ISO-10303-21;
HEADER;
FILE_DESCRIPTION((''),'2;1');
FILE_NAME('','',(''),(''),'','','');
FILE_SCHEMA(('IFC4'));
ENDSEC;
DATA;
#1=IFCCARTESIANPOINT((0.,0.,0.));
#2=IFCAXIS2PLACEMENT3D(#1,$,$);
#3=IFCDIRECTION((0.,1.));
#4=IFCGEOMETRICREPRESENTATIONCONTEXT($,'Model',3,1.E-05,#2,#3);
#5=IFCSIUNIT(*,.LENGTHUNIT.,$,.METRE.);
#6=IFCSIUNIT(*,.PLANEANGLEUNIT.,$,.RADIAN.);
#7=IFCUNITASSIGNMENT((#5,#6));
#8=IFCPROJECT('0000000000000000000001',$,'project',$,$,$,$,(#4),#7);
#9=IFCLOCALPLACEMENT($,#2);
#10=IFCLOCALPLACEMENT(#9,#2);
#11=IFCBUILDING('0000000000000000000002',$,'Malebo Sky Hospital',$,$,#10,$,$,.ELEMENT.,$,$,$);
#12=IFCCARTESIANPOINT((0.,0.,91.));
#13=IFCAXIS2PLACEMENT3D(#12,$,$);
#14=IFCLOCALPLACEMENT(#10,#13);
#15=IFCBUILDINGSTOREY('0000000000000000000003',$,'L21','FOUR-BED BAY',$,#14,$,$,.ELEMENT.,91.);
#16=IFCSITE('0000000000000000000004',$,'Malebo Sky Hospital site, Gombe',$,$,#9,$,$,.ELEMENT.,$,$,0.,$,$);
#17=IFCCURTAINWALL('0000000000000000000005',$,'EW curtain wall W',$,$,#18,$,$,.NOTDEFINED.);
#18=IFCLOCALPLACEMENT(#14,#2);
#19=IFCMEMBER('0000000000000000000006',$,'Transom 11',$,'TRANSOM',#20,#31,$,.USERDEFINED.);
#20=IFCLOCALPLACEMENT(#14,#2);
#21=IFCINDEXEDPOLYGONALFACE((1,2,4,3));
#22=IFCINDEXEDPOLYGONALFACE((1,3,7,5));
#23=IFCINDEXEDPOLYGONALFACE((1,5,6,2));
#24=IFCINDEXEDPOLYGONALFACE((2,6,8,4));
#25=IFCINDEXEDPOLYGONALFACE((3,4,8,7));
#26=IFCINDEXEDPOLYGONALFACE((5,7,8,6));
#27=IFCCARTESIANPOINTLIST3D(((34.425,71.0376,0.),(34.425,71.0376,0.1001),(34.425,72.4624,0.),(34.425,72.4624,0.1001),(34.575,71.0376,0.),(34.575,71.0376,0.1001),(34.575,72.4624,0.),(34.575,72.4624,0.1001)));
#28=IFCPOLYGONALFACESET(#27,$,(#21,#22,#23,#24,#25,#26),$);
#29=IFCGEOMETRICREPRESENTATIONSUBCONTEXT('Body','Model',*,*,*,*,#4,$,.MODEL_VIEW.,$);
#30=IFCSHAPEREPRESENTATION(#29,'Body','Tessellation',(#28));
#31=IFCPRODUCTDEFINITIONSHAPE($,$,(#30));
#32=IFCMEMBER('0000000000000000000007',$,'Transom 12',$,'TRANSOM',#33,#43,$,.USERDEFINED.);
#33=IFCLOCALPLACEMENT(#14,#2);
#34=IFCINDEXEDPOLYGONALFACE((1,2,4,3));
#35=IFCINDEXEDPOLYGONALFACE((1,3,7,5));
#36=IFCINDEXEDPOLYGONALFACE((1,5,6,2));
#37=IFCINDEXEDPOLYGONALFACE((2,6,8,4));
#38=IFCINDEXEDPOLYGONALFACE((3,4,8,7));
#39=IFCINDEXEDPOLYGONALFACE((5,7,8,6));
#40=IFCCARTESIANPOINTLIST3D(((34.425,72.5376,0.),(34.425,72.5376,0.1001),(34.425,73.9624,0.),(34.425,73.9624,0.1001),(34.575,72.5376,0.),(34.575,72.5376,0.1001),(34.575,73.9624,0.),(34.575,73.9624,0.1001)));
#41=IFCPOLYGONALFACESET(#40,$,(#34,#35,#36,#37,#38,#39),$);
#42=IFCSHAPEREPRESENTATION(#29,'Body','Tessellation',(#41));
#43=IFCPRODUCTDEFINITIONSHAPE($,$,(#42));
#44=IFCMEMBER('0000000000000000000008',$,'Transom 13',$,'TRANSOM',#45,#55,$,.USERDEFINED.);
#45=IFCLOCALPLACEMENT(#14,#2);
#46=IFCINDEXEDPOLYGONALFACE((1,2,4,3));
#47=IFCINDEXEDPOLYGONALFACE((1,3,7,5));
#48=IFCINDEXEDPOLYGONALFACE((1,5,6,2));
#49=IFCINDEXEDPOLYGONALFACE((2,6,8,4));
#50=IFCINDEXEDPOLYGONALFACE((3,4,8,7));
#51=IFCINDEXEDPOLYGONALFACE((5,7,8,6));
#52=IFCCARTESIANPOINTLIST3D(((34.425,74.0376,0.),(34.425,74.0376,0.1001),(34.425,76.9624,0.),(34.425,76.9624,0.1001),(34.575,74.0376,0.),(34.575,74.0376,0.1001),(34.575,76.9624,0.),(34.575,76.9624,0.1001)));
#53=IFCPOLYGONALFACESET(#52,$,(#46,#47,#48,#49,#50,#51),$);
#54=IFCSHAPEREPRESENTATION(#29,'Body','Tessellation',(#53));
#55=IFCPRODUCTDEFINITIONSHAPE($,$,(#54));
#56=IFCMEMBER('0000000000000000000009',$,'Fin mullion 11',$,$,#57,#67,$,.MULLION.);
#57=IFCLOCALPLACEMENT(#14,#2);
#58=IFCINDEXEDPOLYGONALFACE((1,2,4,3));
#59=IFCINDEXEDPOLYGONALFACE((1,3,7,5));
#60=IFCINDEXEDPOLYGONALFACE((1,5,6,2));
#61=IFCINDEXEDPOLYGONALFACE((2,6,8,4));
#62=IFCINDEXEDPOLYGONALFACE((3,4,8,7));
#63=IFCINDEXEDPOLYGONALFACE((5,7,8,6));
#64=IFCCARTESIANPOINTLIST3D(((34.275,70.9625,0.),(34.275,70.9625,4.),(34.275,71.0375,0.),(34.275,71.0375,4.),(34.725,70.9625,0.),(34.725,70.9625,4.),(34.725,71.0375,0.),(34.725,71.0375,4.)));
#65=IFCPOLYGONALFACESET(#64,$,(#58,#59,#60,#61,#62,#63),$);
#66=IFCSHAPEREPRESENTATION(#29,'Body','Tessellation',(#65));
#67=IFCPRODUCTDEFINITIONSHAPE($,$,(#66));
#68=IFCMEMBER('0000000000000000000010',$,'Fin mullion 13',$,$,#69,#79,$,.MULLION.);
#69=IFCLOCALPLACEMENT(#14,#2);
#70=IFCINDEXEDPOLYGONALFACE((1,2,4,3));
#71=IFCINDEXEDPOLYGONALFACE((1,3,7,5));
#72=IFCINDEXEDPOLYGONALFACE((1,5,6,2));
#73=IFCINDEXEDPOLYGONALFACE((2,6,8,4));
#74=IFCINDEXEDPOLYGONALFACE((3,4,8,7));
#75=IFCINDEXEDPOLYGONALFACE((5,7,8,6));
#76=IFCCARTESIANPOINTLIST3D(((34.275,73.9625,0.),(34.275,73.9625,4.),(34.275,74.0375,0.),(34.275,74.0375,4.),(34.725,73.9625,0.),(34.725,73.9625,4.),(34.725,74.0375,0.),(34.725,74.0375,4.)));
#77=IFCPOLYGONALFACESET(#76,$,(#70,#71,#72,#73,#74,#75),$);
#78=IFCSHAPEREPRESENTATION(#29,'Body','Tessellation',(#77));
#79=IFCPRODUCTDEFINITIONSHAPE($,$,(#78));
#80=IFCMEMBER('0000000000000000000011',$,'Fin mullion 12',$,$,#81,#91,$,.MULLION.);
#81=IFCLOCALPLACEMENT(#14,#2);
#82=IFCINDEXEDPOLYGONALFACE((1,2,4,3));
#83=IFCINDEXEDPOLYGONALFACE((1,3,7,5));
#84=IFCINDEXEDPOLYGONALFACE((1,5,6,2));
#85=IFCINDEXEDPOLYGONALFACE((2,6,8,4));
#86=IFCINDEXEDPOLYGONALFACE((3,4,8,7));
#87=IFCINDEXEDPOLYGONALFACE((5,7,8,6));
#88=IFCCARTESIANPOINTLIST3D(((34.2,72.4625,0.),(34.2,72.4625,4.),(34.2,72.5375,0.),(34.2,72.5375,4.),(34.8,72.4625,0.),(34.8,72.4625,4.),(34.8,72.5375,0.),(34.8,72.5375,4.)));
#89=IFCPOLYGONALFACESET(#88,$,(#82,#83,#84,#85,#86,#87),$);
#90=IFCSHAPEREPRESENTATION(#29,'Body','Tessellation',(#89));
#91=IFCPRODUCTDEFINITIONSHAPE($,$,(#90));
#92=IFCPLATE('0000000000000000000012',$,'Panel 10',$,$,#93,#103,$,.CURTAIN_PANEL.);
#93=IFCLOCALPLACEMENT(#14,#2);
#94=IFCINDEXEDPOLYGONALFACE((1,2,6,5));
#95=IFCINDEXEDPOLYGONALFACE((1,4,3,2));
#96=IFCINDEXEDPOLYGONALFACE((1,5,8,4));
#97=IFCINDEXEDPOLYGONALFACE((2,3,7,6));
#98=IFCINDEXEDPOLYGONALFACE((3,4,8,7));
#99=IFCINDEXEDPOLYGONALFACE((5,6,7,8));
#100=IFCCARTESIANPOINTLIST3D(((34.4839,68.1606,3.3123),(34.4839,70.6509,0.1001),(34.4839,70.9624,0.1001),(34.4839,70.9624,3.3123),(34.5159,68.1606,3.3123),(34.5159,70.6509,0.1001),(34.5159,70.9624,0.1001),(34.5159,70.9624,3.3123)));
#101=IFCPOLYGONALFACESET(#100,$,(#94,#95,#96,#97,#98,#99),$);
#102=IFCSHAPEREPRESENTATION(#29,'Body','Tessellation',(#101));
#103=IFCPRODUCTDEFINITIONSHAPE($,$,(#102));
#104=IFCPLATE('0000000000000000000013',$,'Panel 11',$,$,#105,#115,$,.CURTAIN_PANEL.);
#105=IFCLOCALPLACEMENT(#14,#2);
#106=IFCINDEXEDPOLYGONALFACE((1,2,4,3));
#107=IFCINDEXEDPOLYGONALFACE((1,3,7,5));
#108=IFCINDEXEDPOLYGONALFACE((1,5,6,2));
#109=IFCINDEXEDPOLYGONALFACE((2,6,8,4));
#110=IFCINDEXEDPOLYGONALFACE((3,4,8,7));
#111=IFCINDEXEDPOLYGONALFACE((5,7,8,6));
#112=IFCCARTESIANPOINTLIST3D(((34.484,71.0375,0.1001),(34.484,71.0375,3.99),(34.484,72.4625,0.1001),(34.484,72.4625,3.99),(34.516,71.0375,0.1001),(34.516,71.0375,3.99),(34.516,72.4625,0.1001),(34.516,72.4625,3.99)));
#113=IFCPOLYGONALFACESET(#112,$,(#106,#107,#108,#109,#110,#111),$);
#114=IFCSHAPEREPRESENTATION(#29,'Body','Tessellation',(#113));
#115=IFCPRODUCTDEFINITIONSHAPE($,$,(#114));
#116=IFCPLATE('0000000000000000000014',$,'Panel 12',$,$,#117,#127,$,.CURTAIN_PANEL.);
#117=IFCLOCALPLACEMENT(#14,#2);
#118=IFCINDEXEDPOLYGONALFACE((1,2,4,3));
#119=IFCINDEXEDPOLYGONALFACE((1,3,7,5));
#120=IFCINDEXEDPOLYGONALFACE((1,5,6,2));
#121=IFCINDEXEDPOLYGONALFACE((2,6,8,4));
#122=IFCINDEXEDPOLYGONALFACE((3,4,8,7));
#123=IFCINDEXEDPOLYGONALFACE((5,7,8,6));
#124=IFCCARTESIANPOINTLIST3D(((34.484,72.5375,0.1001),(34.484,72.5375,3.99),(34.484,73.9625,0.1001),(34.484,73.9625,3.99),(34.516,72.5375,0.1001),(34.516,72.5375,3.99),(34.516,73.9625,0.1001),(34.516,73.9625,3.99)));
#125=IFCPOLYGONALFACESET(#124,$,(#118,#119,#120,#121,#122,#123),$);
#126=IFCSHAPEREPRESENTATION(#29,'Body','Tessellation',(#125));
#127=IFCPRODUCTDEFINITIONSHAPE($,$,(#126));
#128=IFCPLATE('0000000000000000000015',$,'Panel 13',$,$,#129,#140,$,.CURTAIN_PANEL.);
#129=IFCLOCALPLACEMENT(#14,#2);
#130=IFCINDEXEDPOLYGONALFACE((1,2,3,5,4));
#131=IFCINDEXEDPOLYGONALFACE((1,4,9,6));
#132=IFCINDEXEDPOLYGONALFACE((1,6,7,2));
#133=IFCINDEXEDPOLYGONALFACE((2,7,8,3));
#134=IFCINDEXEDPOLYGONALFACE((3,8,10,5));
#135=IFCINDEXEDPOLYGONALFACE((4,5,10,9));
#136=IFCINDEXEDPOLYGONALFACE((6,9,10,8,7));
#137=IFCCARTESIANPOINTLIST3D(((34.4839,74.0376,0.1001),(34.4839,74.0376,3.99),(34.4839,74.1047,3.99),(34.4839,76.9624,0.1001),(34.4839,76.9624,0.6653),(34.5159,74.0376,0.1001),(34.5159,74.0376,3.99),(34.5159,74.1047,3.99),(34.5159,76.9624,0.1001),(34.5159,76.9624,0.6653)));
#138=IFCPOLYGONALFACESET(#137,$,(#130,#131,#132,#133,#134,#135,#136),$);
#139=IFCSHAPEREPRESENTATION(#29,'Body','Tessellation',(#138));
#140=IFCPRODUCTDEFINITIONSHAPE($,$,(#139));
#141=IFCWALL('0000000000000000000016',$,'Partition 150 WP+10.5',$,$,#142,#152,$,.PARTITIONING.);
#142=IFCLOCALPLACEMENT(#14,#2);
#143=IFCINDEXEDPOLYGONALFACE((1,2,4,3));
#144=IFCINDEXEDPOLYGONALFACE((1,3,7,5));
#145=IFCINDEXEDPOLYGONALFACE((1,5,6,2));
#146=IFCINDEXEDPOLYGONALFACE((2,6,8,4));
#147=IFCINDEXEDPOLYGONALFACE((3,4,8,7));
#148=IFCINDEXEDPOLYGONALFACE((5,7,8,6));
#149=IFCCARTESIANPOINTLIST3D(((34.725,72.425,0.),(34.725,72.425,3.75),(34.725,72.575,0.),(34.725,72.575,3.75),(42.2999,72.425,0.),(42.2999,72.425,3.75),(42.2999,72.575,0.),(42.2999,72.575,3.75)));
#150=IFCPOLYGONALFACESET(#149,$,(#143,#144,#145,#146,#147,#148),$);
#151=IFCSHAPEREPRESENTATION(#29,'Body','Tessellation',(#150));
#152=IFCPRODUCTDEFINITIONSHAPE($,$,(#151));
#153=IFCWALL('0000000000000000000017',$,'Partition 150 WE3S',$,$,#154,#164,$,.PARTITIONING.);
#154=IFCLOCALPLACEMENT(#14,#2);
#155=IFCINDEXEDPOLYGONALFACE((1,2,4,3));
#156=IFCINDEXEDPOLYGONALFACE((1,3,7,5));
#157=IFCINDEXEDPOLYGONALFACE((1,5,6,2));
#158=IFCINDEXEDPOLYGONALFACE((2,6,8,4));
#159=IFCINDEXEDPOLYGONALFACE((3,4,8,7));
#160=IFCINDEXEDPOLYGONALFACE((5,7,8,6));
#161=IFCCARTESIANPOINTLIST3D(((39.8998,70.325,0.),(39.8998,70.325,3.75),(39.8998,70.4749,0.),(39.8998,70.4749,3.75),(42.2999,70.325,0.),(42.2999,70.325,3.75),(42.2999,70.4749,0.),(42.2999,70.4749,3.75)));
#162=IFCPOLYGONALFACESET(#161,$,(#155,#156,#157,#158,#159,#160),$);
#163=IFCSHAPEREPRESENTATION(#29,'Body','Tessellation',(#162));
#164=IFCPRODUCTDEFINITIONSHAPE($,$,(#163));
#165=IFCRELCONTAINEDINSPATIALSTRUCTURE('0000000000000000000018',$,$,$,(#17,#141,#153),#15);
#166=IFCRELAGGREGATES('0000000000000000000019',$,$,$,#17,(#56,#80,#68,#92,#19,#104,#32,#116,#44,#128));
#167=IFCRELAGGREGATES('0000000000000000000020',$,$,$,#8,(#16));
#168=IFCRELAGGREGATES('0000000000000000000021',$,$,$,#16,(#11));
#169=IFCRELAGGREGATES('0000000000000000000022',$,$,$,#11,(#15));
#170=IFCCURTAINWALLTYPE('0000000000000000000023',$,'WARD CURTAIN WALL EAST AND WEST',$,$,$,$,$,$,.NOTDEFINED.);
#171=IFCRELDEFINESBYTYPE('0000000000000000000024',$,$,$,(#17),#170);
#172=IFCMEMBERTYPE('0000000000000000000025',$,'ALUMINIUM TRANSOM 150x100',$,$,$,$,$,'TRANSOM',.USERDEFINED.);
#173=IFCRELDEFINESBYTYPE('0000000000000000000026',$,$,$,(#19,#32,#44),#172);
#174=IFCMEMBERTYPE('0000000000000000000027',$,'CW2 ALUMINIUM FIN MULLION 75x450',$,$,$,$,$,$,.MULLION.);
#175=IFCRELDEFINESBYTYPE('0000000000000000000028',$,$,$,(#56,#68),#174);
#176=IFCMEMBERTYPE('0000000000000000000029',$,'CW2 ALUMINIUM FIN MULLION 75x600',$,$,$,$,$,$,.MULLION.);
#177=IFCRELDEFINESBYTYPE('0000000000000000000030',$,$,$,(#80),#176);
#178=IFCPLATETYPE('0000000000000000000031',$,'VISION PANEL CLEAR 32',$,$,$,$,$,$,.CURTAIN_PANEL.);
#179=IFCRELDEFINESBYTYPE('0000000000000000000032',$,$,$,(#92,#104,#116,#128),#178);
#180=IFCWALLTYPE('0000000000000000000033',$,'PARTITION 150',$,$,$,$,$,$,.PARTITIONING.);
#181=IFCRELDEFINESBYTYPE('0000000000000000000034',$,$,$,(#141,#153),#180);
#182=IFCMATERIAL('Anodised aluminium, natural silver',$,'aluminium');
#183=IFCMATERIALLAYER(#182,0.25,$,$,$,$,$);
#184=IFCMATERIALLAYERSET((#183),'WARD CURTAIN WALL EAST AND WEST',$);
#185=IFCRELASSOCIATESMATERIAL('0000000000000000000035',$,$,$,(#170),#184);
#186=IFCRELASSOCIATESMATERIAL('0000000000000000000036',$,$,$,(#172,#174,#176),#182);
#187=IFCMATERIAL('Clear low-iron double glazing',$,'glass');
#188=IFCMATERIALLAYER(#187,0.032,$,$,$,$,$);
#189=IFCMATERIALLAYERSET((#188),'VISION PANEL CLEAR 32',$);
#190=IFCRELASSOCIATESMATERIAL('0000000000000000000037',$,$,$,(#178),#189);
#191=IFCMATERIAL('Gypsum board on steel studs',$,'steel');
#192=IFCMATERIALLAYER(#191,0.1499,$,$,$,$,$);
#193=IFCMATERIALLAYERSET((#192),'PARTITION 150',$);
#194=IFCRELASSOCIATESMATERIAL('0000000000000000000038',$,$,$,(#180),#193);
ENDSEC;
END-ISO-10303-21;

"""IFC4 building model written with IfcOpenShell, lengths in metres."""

from ifc_helpers import new_model, si_unit, direction, frame, frame_2d, origin, origin_2d, place, context, subcontext, project, spatial, polyline, rectangle, outline, extrude, material, layer, layer_set, material_profile, profile_set, type_object, element, aggregate, save


model = new_model("IFC4")

# Units and contexts
model_context = context("Model", 3, precision=1e-05, world=origin(), true_north=direction((0.0, 1.0)))
body_context = subcontext(model_context, "Body", "Model", "MODEL_VIEW")
ifc_project = project(units=[si_unit("LENGTHUNIT", "METRE"), si_unit("PLANEANGLEUNIT", "RADIAN")], contexts=[model_context])

# Site, building, storey
site_placement = place(None, origin())
site = spatial("IfcSite", under=ifc_project, at=site_placement, Name="Malebo Sky Hospital site, Gombe", CompositionType="ELEMENT", RefElevation=0.0)
building_placement = place(site_placement, origin())
building = spatial("IfcBuilding", under=site, at=building_placement, Name="Malebo Sky Hospital", CompositionType="ELEMENT")
storey_placement = place(building_placement, frame((0.0, 0.0, 91.0)))
storey = spatial("IfcBuildingStorey", under=building, at=storey_placement, Name="L21", Description="FOUR-BED BAY", CompositionType="ELEMENT", Elevation=91.0)

# Curtain wall, members, plates
ifc_material_1 = material(Name="Anodised aluminium, natural silver", Category="aluminium")
ifc_layer_1 = layer(ifc_material_1, 0.25)
ifc_layer_set_1 = layer_set([ifc_layer_1], Name="WARD CURTAIN WALL EAST AND WEST")
curtain_wall_type = type_object("IfcCurtainWallType", Name="WARD CURTAIN WALL EAST AND WEST", PredefinedType="NOTDEFINED", material=ifc_layer_set_1)
curtain_wall_placement = place(storey_placement, origin())
curtain_wall = element("IfcCurtainWall", 1, at=curtain_wall_placement, inside=storey, type_object=curtain_wall_type, Name="EW curtain wall W", PredefinedType="NOTDEFINED")
ifc_material_profile_1 = material_profile(ifc_material_1, rectangle(XDim=0.1499, YDim=0.1001, at=origin_2d()), Name="ALUMINIUM TRANSOM 150x100")
ifc_profile_set_1 = profile_set([ifc_material_profile_1], Name="Anodised aluminium, natural silver")
member_type_1 = type_object("IfcMemberType", Name="ALUMINIUM TRANSOM 150x100", ElementType="TRANSOM", PredefinedType="USERDEFINED", material=ifc_profile_set_1)
member_1_placement = place(storey_placement, frame((34.5, 71.0376, 0.05), z_axis=(0.0, 1.0, 0.0), x_axis=(-1.0, 0.0, 0.0)))
member_1 = element("IfcMember", 2, at=member_1_placement, type_object=member_type_1, Name="Transom 11", ObjectType="TRANSOM", PredefinedType="USERDEFINED", context=body_context, shape_type="SweptSolid", body=[
    extrude(rectangle(XDim=0.1499, YDim=0.1001, at=origin_2d()), origin(), (0.0, 0.0, 1.0), 1.4248),
])
member_2_placement = place(storey_placement, frame((34.5, 72.5376, 0.05), z_axis=(0.0, 1.0, 0.0), x_axis=(-1.0, 0.0, 0.0)))
member_2 = element("IfcMember", 3, at=member_2_placement, type_object=member_type_1, Name="Transom 12", ObjectType="TRANSOM", PredefinedType="USERDEFINED", context=body_context, shape_type="SweptSolid", body=[
    extrude(rectangle(XDim=0.1499, YDim=0.1001, at=origin_2d()), origin(), (0.0, 0.0, 1.0), 1.4248),
])
member_3_placement = place(storey_placement, frame((34.5, 74.0376, 0.05), z_axis=(0.0, 1.0, 0.0), x_axis=(-1.0, 0.0, 0.0)))
member_3 = element("IfcMember", 4, at=member_3_placement, type_object=member_type_1, Name="Transom 13", ObjectType="TRANSOM", PredefinedType="USERDEFINED", context=body_context, shape_type="SweptSolid", body=[
    extrude(rectangle(XDim=0.1499, YDim=0.1001, at=origin_2d()), origin(), (0.0, 0.0, 1.0), 2.9248),
])
ifc_material_profile_2 = material_profile(ifc_material_1, rectangle(XDim=0.075, YDim=0.45, at=origin_2d()), Name="CW2 ALUMINIUM FIN MULLION 75x450")
ifc_profile_set_2 = profile_set([ifc_material_profile_2], Name="Anodised aluminium, natural silver")
member_type_2 = type_object("IfcMemberType", Name="CW2 ALUMINIUM FIN MULLION 75x450", PredefinedType="MULLION", material=ifc_profile_set_2)
member_4_placement = place(storey_placement, frame((34.5, 71.0, 0.0), z_axis=(0.0, 0.0, 1.0), x_axis=(0.0, 1.0, 0.0)))
member_4 = element("IfcMember", 5, at=member_4_placement, type_object=member_type_2, Name="Fin mullion 11", PredefinedType="MULLION", context=body_context, shape_type="SweptSolid", body=[
    extrude(rectangle(XDim=0.075, YDim=0.45, at=origin_2d()), origin(), (0.0, 0.0, 1.0), 4.0),
])
member_5_placement = place(storey_placement, frame((34.5, 74.0, 0.0), z_axis=(0.0, 0.0, 1.0), x_axis=(0.0, 1.0, 0.0)))
member_5 = element("IfcMember", 6, at=member_5_placement, type_object=member_type_2, Name="Fin mullion 13", PredefinedType="MULLION", context=body_context, shape_type="SweptSolid", body=[
    extrude(rectangle(XDim=0.075, YDim=0.45, at=origin_2d()), origin(), (0.0, 0.0, 1.0), 4.0),
])
ifc_material_profile_3 = material_profile(ifc_material_1, rectangle(XDim=0.075, YDim=0.6001, at=origin_2d()), Name="CW2 ALUMINIUM FIN MULLION 75x600")
ifc_profile_set_3 = profile_set([ifc_material_profile_3], Name="Anodised aluminium, natural silver")
member_type_3 = type_object("IfcMemberType", Name="CW2 ALUMINIUM FIN MULLION 75x600", PredefinedType="MULLION", material=ifc_profile_set_3)
member_6_placement = place(storey_placement, frame((34.5, 72.5, 0.0), z_axis=(0.0, 0.0, 1.0), x_axis=(0.0, 1.0, 0.0)))
member_6 = element("IfcMember", 7, at=member_6_placement, type_object=member_type_3, Name="Fin mullion 12", PredefinedType="MULLION", context=body_context, shape_type="SweptSolid", body=[
    extrude(rectangle(XDim=0.075, YDim=0.6001, at=origin_2d()), origin(), (0.0, 0.0, 1.0), 4.0),
])
ifc_material_2 = material(Name="Clear low-iron double glazing", Category="glass")
ifc_layer_2 = layer(ifc_material_2, 0.032)
ifc_layer_set_2 = layer_set([ifc_layer_2], Name="VISION PANEL CLEAR 32")
plate_type = type_object("IfcPlateType", Name="VISION PANEL CLEAR 32", PredefinedType="CURTAIN_PANEL", material=ifc_layer_set_2)
plate_1_placement = place(storey_placement, frame((34.5, 69.5615, 0.1001), z_axis=(0.0, 0.0, 1.0), x_axis=(0.0, 1.0, 0.0)))
plate_1 = element("IfcPlate", 8, at=plate_1_placement, type_object=plate_type, Name="Panel 10", PredefinedType="CURTAIN_PANEL", context=body_context, shape_type="SweptSolid", body=[
    extrude(outline(polyline([(1.0894, 0.0), (1.4009, 0.0), (1.4009, 3.2122), (-1.4009, 3.2122), (1.0894, 0.0)])), frame((0.0, 0.0161, 0.0), z_axis=(0.0, -1.0, 0.0), x_axis=(1.0, 0.0, 0.0)), (0.0, 0.0, 1.0), 0.032),
])
plate_2_placement = place(storey_placement, frame((34.5, 71.75, 0.1001), z_axis=(0.0, 0.0, 1.0), x_axis=(0.0, 1.0, 0.0)))
plate_2 = element("IfcPlate", 9, at=plate_2_placement, type_object=plate_type, Name="Panel 11", PredefinedType="CURTAIN_PANEL", context=body_context, shape_type="SweptSolid", body=[
    extrude(rectangle(XDim=1.425, YDim=0.032, at=origin_2d()), origin(), (0.0, 0.0, 1.0), 3.8899),
])
plate_3_placement = place(storey_placement, frame((34.5, 73.25, 0.1001), z_axis=(0.0, 0.0, 1.0), x_axis=(0.0, 1.0, 0.0)))
plate_3 = element("IfcPlate", 10, at=plate_3_placement, type_object=plate_type, Name="Panel 12", PredefinedType="CURTAIN_PANEL", context=body_context, shape_type="SweptSolid", body=[
    extrude(rectangle(XDim=1.425, YDim=0.032, at=origin_2d()), origin(), (0.0, 0.0, 1.0), 3.8899),
])
plate_4_placement = place(storey_placement, frame((34.5, 75.5, 0.1001), z_axis=(0.0, 0.0, 1.0), x_axis=(0.0, 1.0, 0.0)))
plate_4 = element("IfcPlate", 11, at=plate_4_placement, type_object=plate_type, Name="Panel 13", PredefinedType="CURTAIN_PANEL", context=body_context, shape_type="SweptSolid", body=[
    extrude(outline(polyline([(-1.4624, 0.0), (1.4624, 0.0), (1.4624, 0.5652), (-1.3953, 3.8899), (-1.4624, 3.8899), (-1.4624, 0.0)])), frame((0.0, 0.0161, 0.0), z_axis=(0.0, -1.0, 0.0), x_axis=(1.0, 0.0, 0.0)), (0.0, 0.0, 1.0), 0.032),
])
aggregate(curtain_wall, [member_4, member_6, member_5, plate_1, member_1, plate_2, member_2, plate_3, member_3, plate_4])

# Walls
ifc_material_3 = material(Name="Gypsum board on steel studs", Category="steel")
ifc_layer_3 = layer(ifc_material_3, 0.1499)
ifc_layer_set_3 = layer_set([ifc_layer_3], Name="PARTITION 150")
wall_type = type_object("IfcWallType", Name="PARTITION 150", PredefinedType="PARTITIONING", material=ifc_layer_set_3)
wall_1_placement = place(storey_placement, frame((42.3, 72.5, 0.0), z_axis=(0.0, 0.0, 1.0), x_axis=(-1.0, 0.0, 0.0)))
element("IfcWall", 12, at=wall_1_placement, inside=storey, type_object=wall_type, Name="Partition 150 WP+10.5", PredefinedType="PARTITIONING", context=body_context, shape_type="SweptSolid", body=[
    extrude(rectangle(XDim=7.575, YDim=0.1499, at=frame_2d((3.7876, 0.0))), origin(), (0.0, 0.0, 1.0), 3.75),
])
wall_2_placement = place(storey_placement, frame((42.3, 70.3999, 0.0), z_axis=(0.0, 0.0, 1.0), x_axis=(-1.0, 0.0, 0.0)))
element("IfcWall", 13, at=wall_2_placement, inside=storey, type_object=wall_type, Name="Partition 150 WE3S", PredefinedType="PARTITIONING", context=body_context, shape_type="SweptSolid", body=[
    extrude(rectangle(XDim=2.4001, YDim=0.1499, at=frame_2d((1.2002, 0.0))), origin(), (0.0, 0.0, 1.0), 3.75),
])

save(model, "model.ifc")
